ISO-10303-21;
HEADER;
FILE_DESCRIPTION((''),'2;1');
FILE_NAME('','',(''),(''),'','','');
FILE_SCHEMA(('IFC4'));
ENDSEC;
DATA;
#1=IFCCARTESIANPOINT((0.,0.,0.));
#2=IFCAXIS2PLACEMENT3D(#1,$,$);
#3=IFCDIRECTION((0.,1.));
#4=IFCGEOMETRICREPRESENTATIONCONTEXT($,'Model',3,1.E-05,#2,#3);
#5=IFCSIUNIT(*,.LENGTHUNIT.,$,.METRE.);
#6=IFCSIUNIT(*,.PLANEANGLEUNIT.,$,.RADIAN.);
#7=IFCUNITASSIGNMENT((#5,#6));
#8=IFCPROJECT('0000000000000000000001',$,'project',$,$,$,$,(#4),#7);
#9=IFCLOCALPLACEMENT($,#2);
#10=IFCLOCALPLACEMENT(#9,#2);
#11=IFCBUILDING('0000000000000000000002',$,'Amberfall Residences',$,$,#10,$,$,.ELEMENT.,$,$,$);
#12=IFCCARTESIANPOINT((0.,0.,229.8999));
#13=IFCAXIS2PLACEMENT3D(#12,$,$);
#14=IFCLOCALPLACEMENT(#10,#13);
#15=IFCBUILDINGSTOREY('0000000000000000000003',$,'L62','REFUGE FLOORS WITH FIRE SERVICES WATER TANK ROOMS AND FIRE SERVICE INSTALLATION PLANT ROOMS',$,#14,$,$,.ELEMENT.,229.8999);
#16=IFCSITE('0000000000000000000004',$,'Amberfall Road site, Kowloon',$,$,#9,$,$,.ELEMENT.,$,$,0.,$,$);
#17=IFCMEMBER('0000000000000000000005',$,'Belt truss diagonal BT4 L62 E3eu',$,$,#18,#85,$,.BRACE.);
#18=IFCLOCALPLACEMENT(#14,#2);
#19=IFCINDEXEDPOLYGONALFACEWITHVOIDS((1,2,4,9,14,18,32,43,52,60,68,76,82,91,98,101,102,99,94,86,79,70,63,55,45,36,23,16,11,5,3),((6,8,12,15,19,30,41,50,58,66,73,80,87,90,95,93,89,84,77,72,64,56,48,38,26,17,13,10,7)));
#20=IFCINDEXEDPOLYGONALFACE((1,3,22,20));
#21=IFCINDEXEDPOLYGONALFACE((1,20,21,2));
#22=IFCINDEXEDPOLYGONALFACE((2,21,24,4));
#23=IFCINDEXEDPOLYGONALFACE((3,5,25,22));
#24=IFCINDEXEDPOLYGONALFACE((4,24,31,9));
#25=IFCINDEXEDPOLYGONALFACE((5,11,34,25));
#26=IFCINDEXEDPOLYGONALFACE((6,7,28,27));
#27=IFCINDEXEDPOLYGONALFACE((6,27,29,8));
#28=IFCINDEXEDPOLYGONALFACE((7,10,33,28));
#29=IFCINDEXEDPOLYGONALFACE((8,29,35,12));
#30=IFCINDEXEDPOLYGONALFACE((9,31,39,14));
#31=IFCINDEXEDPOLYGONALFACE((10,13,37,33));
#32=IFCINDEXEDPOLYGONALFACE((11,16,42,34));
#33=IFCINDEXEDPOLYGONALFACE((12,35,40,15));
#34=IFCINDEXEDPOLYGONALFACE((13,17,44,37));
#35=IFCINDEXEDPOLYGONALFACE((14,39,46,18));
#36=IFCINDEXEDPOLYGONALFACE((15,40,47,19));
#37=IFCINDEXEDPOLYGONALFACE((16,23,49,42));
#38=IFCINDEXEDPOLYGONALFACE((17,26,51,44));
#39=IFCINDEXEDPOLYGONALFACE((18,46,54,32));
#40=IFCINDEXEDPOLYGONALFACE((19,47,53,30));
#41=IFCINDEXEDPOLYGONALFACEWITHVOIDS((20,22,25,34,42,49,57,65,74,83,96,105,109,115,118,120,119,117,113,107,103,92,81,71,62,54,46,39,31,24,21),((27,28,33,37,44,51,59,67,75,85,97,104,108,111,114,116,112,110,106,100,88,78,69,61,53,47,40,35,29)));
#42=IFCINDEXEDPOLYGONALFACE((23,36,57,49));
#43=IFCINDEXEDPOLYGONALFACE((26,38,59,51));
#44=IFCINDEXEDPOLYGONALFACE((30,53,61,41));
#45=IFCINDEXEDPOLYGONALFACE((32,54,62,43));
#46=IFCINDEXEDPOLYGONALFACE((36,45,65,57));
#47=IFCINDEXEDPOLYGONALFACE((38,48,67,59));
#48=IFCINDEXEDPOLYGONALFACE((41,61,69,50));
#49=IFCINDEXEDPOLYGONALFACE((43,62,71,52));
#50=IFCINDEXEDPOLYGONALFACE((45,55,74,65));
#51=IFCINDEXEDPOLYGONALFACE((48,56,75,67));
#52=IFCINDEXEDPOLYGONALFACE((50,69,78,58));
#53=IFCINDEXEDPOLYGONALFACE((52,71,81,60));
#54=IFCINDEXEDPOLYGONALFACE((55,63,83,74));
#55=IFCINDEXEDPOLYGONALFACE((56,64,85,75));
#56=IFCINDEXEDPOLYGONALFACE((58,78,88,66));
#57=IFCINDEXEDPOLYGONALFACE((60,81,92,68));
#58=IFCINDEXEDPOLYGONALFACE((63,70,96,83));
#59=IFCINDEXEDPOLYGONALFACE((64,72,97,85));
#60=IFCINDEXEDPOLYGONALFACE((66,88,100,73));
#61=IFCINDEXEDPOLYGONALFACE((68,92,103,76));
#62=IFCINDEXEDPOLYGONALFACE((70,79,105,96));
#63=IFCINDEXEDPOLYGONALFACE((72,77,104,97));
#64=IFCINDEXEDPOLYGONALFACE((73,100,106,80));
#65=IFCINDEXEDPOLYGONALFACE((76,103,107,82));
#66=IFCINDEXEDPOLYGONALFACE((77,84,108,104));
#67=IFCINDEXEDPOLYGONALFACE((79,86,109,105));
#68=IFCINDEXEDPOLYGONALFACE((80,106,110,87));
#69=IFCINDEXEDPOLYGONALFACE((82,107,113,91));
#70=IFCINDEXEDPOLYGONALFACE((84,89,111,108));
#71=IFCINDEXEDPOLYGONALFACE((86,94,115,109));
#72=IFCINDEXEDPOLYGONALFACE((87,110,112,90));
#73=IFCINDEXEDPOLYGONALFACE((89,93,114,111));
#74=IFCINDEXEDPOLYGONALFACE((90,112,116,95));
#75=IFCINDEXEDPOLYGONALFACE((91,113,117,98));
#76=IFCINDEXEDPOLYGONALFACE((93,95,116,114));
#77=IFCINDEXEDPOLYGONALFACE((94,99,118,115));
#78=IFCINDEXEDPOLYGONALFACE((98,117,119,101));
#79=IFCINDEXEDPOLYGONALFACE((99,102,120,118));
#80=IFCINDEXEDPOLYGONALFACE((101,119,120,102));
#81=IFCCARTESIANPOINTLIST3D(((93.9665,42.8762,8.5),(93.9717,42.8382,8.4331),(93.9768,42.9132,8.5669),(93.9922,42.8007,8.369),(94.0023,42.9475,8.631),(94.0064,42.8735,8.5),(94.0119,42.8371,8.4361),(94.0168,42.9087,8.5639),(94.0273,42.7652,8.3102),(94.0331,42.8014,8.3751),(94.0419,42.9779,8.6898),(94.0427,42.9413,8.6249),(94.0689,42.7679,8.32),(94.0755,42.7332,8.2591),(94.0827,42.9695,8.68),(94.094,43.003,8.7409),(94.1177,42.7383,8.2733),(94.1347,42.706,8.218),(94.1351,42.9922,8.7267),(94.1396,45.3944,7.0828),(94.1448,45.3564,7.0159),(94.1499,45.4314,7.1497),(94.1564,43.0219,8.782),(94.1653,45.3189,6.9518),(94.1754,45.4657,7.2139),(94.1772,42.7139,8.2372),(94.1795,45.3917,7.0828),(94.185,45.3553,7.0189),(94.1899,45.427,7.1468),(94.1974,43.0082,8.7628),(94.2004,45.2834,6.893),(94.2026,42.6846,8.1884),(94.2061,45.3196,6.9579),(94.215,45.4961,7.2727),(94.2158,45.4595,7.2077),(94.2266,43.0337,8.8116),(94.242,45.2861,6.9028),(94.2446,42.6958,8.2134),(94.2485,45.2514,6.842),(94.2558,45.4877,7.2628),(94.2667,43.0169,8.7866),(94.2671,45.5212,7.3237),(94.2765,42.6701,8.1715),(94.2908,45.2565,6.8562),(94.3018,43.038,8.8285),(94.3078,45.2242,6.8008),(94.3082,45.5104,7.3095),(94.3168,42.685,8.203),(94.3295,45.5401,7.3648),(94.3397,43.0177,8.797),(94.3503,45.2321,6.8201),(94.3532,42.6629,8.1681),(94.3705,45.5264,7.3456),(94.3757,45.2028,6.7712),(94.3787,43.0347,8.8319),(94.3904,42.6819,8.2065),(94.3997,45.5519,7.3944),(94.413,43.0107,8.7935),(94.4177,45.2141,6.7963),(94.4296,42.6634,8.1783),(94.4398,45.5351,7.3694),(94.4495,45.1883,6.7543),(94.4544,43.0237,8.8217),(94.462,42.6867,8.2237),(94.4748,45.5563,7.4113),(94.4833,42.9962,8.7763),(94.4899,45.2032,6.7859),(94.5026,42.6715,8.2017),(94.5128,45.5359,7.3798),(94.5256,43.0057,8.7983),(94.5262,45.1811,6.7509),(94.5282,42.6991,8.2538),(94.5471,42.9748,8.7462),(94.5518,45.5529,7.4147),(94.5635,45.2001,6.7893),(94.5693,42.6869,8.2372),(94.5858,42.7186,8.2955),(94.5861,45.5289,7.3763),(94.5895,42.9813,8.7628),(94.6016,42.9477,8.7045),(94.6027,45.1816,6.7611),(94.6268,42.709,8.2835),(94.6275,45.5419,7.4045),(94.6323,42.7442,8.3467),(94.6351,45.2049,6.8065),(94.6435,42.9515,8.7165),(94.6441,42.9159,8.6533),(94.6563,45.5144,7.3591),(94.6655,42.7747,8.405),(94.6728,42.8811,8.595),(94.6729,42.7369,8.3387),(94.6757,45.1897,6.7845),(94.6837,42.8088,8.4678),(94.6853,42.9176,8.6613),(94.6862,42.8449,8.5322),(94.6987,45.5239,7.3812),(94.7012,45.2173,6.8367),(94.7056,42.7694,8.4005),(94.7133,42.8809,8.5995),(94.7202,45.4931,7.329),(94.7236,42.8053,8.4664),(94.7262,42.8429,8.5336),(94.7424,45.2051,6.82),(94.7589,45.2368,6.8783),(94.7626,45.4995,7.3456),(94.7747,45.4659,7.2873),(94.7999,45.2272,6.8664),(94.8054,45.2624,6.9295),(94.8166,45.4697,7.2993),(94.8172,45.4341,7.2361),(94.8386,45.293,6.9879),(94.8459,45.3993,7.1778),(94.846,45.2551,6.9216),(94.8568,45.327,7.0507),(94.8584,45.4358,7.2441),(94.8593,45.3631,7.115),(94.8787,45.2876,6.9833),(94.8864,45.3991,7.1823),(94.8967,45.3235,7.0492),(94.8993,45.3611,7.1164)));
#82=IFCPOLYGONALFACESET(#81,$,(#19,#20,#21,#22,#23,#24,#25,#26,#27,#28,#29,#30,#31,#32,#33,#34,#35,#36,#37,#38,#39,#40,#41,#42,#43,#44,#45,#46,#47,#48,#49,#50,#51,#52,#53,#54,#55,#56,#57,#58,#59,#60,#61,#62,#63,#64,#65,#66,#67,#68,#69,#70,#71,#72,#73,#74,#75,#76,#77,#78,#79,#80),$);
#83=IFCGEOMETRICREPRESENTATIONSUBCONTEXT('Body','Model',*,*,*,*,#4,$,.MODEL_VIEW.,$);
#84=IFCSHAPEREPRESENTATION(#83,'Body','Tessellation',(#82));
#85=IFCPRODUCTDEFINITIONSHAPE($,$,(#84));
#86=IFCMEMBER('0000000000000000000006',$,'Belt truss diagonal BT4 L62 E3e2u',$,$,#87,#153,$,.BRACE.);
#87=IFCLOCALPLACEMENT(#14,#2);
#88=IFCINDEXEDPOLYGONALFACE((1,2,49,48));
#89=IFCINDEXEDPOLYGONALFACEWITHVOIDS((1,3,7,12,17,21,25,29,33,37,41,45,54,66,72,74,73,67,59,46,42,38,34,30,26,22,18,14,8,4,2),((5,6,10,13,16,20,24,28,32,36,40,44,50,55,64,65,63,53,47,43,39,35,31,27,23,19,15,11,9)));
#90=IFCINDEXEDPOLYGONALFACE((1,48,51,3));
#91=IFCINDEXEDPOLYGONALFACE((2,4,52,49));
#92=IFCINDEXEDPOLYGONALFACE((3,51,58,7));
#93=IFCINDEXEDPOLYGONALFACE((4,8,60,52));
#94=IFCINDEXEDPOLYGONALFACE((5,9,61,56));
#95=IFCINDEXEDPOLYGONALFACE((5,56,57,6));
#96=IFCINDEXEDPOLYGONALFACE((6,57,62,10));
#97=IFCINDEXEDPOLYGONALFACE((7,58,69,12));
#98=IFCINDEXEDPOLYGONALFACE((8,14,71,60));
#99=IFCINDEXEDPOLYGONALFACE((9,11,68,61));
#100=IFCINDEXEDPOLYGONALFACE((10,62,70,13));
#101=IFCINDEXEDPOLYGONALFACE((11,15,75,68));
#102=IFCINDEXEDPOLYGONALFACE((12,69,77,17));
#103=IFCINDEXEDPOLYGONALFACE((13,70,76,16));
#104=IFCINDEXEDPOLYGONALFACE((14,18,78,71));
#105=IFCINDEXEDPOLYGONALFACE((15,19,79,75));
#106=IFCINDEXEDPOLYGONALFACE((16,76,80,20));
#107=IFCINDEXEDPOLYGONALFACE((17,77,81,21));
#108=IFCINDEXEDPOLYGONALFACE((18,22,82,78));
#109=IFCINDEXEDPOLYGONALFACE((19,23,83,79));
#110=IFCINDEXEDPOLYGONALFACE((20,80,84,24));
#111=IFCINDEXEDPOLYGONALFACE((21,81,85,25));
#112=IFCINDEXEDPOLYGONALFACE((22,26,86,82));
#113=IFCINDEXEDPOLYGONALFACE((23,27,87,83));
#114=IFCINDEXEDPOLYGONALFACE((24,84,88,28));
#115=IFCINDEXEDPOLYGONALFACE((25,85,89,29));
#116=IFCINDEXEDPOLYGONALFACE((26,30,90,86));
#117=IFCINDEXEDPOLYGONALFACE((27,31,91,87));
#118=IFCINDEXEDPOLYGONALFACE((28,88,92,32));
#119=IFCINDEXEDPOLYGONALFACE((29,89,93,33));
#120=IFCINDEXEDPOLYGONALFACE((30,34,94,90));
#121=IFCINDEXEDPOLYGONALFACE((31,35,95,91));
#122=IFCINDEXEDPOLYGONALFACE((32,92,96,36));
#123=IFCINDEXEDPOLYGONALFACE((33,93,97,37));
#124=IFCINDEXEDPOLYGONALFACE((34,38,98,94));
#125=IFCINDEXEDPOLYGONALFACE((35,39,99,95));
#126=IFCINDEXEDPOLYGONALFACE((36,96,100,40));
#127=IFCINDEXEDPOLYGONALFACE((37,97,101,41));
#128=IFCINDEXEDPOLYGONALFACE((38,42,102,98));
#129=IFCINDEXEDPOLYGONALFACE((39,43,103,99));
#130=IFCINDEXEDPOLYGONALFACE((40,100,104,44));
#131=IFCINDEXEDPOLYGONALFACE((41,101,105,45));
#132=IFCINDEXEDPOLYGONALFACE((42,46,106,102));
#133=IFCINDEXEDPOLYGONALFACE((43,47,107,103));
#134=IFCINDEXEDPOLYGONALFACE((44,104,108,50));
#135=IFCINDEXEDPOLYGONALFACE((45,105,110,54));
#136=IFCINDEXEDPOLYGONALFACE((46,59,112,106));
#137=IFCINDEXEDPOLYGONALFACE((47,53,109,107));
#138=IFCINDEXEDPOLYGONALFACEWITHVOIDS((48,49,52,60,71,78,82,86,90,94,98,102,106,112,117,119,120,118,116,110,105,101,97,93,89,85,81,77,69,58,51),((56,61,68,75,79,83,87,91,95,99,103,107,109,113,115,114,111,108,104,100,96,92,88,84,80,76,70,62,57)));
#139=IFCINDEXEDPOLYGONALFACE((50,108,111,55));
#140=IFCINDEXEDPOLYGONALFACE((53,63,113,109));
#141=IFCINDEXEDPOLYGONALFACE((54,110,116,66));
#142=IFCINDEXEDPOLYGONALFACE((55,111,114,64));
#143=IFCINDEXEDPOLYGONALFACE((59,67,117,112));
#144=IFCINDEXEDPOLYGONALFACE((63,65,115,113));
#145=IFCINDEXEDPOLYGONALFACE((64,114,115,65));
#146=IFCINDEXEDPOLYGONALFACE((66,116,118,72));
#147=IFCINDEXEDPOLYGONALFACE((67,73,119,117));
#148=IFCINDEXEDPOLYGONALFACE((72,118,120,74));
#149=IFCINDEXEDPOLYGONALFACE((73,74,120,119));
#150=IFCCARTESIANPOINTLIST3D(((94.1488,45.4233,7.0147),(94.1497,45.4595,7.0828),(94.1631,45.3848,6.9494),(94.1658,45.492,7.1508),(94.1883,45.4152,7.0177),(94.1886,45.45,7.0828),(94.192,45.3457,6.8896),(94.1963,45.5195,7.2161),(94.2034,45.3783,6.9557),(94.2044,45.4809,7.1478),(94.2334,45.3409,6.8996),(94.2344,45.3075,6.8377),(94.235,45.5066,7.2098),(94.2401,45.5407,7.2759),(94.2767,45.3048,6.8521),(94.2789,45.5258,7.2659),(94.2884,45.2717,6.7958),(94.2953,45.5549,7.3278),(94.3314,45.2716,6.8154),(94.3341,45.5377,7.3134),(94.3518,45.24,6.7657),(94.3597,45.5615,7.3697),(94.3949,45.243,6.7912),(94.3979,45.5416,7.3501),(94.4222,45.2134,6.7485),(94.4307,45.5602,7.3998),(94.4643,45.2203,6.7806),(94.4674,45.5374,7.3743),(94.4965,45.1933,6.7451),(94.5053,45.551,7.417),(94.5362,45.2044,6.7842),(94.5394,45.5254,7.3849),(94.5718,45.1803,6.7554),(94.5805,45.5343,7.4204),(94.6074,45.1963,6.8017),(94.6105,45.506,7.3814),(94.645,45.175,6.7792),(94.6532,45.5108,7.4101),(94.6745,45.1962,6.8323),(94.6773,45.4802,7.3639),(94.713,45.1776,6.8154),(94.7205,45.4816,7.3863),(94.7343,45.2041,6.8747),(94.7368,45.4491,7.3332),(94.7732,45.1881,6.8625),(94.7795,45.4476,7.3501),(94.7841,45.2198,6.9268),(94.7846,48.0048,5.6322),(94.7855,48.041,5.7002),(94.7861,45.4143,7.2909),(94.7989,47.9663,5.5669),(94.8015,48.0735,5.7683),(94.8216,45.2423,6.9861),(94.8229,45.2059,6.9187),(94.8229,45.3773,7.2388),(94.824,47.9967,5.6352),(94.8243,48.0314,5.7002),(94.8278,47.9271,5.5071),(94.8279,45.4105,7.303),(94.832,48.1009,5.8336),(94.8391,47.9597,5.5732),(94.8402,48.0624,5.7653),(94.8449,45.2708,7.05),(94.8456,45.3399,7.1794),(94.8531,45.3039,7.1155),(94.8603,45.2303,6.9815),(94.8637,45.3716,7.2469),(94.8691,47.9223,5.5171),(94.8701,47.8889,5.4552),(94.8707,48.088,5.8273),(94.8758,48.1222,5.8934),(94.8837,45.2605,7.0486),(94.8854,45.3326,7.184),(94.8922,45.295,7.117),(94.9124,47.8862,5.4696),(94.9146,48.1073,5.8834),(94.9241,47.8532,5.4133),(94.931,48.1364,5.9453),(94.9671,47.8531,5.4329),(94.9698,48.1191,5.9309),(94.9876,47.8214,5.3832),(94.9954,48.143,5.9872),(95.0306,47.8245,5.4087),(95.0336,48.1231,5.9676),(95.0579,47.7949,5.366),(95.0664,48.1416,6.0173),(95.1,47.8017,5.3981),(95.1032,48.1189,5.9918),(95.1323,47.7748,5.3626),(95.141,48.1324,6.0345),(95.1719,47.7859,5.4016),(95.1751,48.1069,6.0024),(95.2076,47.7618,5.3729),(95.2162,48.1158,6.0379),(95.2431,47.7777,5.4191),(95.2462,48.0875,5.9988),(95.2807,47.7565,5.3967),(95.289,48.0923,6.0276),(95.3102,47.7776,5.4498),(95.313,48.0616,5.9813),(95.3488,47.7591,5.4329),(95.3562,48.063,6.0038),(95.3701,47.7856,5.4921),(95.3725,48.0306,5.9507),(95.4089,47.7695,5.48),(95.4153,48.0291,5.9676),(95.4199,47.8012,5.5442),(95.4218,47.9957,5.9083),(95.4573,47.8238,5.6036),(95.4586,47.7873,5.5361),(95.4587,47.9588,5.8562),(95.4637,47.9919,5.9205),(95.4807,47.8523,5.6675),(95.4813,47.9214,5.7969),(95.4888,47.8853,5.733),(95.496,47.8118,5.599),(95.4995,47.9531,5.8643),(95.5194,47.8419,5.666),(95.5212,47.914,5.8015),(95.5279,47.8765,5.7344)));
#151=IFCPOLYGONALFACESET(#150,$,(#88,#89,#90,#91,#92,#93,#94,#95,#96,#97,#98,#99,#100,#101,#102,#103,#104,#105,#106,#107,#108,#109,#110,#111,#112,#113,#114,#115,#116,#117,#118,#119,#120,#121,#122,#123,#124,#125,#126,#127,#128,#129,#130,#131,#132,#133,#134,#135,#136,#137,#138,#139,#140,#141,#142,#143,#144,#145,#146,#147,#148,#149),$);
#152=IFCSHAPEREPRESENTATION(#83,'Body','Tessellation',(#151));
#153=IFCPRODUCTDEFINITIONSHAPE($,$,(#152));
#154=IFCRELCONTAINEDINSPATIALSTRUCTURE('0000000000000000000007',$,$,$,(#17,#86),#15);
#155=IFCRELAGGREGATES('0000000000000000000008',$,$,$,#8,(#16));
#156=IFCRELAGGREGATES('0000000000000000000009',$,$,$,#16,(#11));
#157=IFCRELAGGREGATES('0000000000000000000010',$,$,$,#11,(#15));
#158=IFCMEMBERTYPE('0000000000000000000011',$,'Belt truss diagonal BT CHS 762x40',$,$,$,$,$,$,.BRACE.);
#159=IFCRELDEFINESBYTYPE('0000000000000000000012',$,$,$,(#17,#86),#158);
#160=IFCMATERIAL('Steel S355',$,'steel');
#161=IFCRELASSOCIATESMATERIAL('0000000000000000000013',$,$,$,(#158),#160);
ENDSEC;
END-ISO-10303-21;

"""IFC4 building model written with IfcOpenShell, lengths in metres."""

from ifc_helpers import new_model, si_unit, direction, frame, origin, origin_2d, place, context, subcontext, project, spatial, hollow_circle, extrude, material, material_profile, profile_set, type_object, element, save


model = new_model("IFC4")

# Units and contexts
model_context = context("Model", 3, precision=1e-05, world=origin(), true_north=direction((0.0, 1.0)))
body_context = subcontext(model_context, "Body", "Model", "MODEL_VIEW")
ifc_project = project(units=[si_unit("LENGTHUNIT", "METRE"), si_unit("PLANEANGLEUNIT", "RADIAN")], contexts=[model_context])

# Site, building, storey
site_placement = place(None, origin())
site = spatial("IfcSite", under=ifc_project, at=site_placement, Name="Amberfall Road site, Kowloon", CompositionType="ELEMENT", RefElevation=0.0)
building_placement = place(site_placement, origin())
building = spatial("IfcBuilding", under=site, at=building_placement, Name="Amberfall Residences", CompositionType="ELEMENT")
storey_placement = place(building_placement, frame((0.0, 0.0, 229.8999)))
storey = spatial("IfcBuildingStorey", under=building, at=storey_placement, Name="L62", Description="REFUGE FLOORS WITH FIRE SERVICES WATER TANK ROOMS AND FIRE SERVICE INSTALLATION PLANT ROOMS", CompositionType="ELEMENT", Elevation=229.8999)

# Shared definitions
ifc_material_1 = material(Name="Steel S355", Category="steel")

# Members
ifc_material_profile_1 = material_profile(ifc_material_1, hollow_circle(Radius=0.3811, WallThickness=0.04, at=origin_2d()), Name="CHS 762x40")
ifc_profile_set_1 = profile_set([ifc_material_profile_1], Name="Steel S355")
member_type_1 = type_object("IfcMemberType", Name="Belt truss diagonal BT CHS 762x40", PredefinedType="BRACE", material=ifc_profile_set_1)
member_1_placement = place(storey_placement, frame((94.3467, 42.8501, 8.5), z_axis=(0.059793, 0.869915, -0.489564), x_axis=(-0.997646, 0.068573, 0.0)))
element("IfcMember", 1, at=member_1_placement, inside=storey, type_object=member_type_1, Name="Belt truss diagonal BT4 L62 E3eu", PredefinedType="BRACE", context=body_context, shape_type="SweptSolid", body=[
    extrude(hollow_circle(Radius=0.3811, WallThickness=0.04, at=origin_2d()), origin(), (0.0, 0.0, 1.0), 2.8948),
])
member_2_placement = place(storey_placement, frame((94.5198, 45.3684, 7.0828), z_axis=(0.21215, 0.861471, -0.461368), x_axis=(-0.97099, 0.23912, 0.0)))
element("IfcMember", 2, at=member_2_placement, inside=storey, type_object=member_type_1, Name="Belt truss diagonal BT4 L62 E3e2u", PredefinedType="BRACE", context=body_context, shape_type="SweptSolid", body=[
    extrude(hollow_circle(Radius=0.3811, WallThickness=0.04, at=origin_2d()), origin(), (0.0, 0.0, 1.0), 2.9966),
])

save(model, "model.ifc")
